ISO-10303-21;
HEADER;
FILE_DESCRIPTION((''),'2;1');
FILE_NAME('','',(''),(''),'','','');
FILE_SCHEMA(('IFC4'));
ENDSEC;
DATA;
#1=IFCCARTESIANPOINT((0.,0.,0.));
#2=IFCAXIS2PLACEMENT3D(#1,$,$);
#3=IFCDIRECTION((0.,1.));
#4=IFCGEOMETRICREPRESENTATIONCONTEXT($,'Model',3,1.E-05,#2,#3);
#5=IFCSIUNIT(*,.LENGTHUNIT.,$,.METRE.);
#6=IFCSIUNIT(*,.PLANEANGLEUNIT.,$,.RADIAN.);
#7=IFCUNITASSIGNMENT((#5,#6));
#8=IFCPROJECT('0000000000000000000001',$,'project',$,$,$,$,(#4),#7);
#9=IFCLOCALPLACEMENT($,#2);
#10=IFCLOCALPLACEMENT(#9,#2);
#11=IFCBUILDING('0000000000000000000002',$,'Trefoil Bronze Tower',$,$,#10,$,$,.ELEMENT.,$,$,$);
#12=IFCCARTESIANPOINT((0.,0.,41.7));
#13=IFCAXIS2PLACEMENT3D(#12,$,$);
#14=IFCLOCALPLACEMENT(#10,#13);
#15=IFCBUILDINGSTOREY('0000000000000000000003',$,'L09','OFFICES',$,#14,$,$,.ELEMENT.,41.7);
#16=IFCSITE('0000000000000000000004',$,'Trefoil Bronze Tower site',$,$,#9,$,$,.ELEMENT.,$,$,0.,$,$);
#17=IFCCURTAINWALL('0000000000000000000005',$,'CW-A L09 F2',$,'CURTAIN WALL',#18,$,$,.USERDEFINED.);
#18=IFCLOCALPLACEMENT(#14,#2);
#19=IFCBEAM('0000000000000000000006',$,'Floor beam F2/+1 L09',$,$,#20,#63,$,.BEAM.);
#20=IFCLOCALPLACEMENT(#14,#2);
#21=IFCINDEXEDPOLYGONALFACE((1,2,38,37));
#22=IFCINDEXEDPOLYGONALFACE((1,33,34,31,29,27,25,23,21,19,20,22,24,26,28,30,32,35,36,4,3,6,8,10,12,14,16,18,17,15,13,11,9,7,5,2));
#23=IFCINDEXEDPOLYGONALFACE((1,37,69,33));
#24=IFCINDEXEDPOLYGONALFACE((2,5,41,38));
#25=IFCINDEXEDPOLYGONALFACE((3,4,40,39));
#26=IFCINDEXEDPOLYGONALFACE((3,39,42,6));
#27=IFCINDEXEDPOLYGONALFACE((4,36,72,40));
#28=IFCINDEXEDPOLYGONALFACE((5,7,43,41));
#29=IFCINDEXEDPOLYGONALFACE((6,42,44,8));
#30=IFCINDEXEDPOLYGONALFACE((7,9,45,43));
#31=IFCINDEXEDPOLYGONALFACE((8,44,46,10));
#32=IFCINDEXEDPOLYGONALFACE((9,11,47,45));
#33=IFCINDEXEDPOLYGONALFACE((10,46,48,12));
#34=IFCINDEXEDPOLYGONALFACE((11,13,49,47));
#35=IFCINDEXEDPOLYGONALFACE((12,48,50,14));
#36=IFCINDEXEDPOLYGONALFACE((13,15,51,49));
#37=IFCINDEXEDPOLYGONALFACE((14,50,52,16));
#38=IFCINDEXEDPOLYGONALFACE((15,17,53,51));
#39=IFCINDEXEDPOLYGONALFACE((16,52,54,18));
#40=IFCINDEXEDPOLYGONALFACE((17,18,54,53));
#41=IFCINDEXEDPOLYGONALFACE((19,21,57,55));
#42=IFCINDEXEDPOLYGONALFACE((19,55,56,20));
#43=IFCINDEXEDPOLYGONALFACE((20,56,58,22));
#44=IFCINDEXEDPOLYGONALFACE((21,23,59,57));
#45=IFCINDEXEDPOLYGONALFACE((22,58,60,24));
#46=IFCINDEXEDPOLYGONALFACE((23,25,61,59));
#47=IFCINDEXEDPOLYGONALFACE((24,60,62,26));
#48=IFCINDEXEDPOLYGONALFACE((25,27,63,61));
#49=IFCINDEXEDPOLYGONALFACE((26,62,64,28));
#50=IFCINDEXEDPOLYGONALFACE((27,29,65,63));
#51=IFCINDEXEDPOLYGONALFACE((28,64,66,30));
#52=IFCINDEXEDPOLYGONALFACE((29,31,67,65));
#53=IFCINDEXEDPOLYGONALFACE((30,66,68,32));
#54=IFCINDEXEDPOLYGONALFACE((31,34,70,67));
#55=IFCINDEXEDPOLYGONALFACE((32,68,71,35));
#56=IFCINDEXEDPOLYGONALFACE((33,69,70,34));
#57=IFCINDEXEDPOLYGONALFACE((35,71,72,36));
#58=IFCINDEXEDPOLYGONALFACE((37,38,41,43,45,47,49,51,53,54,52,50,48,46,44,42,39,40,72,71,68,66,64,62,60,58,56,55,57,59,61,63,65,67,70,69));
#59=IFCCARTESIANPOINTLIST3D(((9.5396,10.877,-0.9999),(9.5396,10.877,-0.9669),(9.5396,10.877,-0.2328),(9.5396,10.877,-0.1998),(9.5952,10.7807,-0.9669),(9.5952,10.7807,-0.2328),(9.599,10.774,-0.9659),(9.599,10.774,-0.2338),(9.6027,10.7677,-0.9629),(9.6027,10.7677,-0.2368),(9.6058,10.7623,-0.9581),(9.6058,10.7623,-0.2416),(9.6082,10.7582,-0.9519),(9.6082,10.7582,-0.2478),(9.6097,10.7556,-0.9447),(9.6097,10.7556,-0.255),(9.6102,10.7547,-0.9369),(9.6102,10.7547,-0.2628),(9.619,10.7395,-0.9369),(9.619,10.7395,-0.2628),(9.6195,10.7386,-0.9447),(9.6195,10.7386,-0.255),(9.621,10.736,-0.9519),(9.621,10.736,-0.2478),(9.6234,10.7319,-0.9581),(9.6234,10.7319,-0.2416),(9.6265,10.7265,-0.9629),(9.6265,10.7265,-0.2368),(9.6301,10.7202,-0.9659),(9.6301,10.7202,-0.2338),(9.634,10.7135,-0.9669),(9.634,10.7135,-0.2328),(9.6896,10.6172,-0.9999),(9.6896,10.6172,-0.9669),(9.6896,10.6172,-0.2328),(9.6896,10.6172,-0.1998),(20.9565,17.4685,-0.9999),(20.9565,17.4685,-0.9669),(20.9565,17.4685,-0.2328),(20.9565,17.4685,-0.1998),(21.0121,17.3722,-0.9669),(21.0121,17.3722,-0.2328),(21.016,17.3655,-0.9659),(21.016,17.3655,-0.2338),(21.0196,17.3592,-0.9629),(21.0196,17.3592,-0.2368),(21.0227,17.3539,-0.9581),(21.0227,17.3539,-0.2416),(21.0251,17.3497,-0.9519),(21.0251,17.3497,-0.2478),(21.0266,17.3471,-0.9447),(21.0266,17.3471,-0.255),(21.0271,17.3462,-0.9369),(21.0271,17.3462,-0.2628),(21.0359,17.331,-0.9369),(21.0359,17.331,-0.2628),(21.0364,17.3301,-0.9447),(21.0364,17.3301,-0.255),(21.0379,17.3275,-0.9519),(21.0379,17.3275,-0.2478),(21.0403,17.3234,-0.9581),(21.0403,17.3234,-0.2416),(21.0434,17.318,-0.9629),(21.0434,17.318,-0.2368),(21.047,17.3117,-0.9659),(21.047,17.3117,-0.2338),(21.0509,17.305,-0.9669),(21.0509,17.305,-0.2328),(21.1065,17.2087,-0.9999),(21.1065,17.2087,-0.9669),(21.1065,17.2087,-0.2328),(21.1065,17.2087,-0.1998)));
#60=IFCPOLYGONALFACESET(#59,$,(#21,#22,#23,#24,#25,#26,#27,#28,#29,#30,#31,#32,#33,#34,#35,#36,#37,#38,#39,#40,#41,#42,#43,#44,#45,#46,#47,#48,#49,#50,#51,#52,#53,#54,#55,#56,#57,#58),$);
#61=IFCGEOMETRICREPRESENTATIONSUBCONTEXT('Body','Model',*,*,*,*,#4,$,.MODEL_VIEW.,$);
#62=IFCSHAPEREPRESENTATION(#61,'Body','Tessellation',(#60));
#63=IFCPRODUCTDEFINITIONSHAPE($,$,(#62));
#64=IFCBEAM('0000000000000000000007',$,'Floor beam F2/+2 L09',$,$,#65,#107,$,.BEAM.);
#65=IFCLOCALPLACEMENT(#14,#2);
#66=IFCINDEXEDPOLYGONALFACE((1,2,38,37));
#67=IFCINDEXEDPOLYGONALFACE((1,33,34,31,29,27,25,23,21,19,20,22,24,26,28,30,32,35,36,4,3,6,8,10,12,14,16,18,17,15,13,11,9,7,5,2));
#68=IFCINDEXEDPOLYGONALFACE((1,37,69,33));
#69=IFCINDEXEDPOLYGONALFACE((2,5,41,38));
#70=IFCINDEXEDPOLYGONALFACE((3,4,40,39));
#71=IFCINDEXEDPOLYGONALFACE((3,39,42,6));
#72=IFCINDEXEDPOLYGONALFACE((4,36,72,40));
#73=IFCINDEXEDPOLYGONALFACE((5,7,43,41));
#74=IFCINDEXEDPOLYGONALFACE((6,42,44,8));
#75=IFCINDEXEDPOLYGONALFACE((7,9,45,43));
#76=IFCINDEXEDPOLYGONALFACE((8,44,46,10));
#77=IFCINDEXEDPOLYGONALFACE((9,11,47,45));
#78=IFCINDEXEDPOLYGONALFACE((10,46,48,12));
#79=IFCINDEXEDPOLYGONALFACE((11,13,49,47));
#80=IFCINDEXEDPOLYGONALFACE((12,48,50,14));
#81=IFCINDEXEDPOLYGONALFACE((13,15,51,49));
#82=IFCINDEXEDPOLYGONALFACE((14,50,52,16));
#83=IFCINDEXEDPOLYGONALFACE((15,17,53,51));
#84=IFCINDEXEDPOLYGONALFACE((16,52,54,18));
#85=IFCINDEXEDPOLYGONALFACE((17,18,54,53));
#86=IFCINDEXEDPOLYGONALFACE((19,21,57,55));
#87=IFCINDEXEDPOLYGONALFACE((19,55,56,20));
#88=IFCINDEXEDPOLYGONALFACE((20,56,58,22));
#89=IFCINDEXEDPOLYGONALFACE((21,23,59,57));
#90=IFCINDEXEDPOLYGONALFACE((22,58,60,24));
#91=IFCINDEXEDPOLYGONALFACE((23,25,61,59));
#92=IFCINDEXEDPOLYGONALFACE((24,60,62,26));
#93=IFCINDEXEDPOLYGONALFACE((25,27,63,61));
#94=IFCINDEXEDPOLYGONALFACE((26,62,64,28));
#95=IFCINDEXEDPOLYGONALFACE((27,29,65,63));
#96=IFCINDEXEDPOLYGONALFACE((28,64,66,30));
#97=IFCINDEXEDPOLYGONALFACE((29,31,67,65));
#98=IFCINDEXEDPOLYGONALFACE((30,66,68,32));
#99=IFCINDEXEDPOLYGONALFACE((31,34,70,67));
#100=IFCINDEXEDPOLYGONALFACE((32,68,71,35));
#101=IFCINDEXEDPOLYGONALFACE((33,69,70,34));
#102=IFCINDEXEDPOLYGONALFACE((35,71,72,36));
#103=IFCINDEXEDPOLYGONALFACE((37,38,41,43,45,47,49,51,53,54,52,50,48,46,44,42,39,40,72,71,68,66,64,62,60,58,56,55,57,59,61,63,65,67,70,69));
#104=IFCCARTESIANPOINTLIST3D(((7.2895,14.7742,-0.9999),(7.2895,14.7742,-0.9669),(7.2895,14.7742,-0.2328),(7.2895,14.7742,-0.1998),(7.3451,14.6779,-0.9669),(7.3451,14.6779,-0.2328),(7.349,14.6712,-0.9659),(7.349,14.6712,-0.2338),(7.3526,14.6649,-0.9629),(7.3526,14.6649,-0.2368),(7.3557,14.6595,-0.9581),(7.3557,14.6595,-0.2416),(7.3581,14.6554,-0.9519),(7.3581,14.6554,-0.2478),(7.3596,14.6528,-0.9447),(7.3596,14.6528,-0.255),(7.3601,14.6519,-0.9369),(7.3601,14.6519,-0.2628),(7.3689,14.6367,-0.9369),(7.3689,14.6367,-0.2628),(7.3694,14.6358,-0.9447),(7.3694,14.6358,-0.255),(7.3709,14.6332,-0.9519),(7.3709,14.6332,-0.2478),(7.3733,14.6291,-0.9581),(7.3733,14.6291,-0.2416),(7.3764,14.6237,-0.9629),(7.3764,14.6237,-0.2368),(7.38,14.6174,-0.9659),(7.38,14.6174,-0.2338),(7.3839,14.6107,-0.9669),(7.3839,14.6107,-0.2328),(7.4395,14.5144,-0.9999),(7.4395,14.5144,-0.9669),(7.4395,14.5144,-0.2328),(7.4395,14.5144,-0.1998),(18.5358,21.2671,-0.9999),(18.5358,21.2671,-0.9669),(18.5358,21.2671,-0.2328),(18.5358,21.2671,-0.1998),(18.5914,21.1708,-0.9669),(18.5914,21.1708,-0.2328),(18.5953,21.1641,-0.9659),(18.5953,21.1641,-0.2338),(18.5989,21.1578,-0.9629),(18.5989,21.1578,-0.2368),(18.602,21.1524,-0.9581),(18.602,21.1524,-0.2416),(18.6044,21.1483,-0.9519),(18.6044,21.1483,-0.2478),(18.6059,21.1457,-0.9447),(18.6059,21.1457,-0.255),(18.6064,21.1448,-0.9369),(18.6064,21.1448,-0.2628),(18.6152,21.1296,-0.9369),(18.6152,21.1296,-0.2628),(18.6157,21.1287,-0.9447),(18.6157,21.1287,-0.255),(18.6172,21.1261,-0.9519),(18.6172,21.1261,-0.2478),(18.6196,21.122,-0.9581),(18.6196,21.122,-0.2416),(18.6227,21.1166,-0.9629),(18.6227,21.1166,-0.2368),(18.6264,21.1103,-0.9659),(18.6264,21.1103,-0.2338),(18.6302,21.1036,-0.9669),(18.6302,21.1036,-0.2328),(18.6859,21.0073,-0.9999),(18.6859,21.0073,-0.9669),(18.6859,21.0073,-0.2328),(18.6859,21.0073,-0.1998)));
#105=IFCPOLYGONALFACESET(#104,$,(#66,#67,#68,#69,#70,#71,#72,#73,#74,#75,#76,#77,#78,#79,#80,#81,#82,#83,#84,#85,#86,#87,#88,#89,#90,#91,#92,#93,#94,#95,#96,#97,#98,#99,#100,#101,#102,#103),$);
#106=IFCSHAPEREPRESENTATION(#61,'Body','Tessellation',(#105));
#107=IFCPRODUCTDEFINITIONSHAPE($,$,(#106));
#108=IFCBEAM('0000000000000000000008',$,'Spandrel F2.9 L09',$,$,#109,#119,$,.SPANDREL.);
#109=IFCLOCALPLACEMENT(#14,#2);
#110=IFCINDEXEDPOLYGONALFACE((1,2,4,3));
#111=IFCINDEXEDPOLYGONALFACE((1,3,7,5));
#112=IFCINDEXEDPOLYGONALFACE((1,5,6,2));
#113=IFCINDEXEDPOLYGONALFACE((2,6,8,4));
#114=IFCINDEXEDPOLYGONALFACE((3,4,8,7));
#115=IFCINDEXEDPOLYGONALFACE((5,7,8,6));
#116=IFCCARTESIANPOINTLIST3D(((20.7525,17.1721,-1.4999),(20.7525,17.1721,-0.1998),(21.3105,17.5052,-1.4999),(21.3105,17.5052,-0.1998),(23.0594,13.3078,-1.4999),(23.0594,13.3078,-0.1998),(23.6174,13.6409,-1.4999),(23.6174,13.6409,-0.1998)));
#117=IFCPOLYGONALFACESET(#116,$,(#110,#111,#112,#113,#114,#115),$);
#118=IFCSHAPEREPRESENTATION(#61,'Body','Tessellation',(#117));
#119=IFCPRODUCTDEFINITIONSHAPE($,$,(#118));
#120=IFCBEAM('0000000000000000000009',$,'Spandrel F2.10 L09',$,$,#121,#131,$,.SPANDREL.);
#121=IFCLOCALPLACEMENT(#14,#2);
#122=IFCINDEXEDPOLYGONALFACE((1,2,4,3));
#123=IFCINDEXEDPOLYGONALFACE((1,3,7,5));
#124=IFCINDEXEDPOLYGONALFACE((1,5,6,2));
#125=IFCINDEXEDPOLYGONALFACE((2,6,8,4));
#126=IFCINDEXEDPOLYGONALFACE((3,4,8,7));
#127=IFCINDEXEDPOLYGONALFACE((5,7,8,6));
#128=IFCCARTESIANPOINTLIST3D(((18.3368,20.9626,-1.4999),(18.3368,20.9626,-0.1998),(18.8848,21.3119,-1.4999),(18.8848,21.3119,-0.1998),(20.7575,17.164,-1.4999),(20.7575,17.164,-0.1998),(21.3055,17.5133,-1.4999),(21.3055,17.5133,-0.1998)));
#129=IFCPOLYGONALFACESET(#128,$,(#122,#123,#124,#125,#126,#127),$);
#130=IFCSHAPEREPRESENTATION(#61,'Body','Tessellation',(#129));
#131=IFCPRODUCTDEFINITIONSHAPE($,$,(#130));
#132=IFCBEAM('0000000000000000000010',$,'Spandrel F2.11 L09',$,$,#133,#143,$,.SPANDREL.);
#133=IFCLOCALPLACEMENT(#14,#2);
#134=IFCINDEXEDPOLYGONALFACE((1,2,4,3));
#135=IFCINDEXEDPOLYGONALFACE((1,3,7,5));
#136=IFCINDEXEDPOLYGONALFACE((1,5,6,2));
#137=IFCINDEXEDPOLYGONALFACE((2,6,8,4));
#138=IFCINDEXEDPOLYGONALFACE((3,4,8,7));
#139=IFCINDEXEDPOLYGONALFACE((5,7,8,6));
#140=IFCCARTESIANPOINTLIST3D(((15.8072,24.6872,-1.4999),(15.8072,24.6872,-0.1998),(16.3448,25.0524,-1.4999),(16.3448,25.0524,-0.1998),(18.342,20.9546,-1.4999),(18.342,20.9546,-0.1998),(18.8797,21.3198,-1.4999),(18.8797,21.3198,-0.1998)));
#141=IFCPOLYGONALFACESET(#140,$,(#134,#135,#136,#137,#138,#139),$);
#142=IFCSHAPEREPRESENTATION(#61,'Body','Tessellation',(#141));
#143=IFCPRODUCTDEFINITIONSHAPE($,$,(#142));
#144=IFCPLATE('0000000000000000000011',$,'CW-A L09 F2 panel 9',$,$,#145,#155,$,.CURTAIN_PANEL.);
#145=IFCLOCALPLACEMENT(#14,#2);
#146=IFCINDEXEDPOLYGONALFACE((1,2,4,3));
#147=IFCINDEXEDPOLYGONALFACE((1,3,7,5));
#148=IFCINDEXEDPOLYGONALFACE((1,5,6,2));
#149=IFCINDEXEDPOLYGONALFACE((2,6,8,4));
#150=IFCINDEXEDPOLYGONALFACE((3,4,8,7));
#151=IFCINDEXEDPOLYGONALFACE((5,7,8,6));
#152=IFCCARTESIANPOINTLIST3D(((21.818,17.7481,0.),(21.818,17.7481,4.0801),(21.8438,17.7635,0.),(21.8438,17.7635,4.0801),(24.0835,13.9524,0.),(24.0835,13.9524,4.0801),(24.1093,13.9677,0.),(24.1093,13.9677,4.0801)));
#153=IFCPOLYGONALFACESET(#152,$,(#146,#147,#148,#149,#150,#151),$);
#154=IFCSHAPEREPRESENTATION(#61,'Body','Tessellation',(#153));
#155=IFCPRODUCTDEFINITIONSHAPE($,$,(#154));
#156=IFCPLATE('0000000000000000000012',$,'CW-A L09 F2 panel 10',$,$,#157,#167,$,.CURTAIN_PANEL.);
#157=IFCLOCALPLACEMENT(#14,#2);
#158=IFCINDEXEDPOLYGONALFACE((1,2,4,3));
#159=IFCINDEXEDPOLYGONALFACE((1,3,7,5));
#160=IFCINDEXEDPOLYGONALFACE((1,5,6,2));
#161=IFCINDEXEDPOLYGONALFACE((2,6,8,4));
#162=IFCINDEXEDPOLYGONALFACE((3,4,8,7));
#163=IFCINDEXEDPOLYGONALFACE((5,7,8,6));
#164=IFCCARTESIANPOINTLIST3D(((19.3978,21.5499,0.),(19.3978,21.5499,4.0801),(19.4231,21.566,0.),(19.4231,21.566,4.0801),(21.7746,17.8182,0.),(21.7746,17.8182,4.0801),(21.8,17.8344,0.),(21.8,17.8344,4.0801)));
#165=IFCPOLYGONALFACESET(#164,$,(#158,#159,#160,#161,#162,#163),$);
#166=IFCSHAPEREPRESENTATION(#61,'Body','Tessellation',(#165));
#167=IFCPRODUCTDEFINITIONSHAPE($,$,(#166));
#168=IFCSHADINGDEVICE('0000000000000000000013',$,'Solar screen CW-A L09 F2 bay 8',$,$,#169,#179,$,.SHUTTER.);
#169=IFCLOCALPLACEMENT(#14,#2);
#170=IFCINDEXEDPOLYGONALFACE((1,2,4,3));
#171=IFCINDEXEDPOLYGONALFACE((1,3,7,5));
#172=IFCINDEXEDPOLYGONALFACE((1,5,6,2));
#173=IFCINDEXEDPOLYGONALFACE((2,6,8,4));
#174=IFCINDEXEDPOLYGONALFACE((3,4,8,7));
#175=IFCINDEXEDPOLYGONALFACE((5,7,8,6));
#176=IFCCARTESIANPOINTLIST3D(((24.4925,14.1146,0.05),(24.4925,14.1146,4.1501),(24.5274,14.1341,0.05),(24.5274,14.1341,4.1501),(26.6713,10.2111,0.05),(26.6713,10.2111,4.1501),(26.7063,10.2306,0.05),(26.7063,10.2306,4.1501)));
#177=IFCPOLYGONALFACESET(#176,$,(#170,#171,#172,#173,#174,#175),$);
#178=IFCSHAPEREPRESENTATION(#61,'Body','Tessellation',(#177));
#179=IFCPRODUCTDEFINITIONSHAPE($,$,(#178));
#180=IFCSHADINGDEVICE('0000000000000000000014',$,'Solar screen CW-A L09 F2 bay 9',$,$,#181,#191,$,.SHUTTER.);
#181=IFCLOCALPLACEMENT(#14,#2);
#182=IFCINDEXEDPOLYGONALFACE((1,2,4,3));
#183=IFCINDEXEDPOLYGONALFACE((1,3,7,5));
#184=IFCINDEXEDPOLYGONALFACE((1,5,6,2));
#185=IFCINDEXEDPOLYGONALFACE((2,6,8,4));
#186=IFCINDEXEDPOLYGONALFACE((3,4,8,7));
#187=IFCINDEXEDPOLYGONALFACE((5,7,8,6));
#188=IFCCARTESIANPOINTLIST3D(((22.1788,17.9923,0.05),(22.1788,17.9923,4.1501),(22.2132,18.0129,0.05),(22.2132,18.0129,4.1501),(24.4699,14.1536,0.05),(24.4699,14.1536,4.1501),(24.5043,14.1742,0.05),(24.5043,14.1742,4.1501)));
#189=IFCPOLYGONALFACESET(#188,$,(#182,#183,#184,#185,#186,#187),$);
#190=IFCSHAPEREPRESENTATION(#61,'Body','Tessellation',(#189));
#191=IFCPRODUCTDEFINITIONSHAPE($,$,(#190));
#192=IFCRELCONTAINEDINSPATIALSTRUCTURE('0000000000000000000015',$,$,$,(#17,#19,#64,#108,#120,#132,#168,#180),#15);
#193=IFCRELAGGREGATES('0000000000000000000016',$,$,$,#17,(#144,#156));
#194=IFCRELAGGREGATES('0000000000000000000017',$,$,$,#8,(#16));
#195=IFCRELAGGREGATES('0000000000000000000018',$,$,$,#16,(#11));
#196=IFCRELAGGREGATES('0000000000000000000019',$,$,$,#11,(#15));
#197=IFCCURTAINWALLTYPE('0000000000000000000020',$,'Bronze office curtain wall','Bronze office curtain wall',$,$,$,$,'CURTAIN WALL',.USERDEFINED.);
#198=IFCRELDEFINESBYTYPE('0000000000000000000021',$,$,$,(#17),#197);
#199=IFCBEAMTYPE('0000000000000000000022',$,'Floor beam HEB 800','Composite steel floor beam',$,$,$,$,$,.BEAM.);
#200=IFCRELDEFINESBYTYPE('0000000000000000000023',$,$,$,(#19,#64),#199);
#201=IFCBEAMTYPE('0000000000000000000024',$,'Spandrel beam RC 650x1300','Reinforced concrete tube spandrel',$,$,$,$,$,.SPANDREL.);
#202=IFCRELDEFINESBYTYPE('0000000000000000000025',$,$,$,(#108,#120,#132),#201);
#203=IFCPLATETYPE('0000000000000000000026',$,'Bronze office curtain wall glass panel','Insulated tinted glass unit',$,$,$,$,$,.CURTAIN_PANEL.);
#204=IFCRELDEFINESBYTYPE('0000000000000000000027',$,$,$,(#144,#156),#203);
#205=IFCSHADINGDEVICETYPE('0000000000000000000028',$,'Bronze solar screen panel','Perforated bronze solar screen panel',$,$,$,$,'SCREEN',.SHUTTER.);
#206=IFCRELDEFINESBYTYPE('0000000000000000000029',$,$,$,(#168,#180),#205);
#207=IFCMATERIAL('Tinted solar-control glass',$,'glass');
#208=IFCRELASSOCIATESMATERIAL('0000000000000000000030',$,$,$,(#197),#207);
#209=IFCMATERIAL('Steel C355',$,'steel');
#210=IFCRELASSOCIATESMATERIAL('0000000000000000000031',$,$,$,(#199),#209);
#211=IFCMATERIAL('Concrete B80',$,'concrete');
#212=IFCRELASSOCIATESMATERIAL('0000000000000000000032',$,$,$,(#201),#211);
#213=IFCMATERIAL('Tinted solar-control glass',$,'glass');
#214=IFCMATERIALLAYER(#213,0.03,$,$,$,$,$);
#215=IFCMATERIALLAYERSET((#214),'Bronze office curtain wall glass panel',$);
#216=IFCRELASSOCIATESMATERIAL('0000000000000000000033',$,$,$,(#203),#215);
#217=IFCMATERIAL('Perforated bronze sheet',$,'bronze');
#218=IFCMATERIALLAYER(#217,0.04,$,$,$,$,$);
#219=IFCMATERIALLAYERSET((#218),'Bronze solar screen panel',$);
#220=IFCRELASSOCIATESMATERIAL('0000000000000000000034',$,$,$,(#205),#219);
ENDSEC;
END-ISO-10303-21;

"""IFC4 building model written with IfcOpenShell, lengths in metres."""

from ifc_helpers import new_model, si_unit, direction, frame, origin, origin_2d, place, context, subcontext, project, spatial, rectangle, i_section, extrude, material, layer, layer_set, material_profile, profile_set, type_object, element, aggregate, save


model = new_model("IFC4")

# Units and contexts
model_context = context("Model", 3, precision=1e-05, world=origin(), true_north=direction((0.0, 1.0)))
body_context = subcontext(model_context, "Body", "Model", "MODEL_VIEW")
ifc_project = project(units=[si_unit("LENGTHUNIT", "METRE"), si_unit("PLANEANGLEUNIT", "RADIAN")], contexts=[model_context])

# Site, building, storey
site_placement = place(None, origin())
site = spatial("IfcSite", under=ifc_project, at=site_placement, Name="Trefoil Bronze Tower site", CompositionType="ELEMENT", RefElevation=0.0)
building_placement = place(site_placement, origin())
building = spatial("IfcBuilding", under=site, at=building_placement, Name="Trefoil Bronze Tower", CompositionType="ELEMENT")
storey_placement = place(building_placement, frame((0.0, 0.0, 41.7)))
storey = spatial("IfcBuildingStorey", under=building, at=storey_placement, Name="L09", Description="OFFICES", CompositionType="ELEMENT", Elevation=41.7)

# Curtain wall
ifc_material_1 = material(Name="Tinted solar-control glass", Category="glass")
curtain_wall_type = type_object("IfcCurtainWallType", Name="Bronze office curtain wall", Description="Bronze office curtain wall", ElementType="CURTAIN WALL", PredefinedType="USERDEFINED", material=ifc_material_1)
curtain_wall_placement = place(storey_placement, origin())
curtain_wall = element("IfcCurtainWall", 1, at=curtain_wall_placement, inside=storey, type_object=curtain_wall_type, Name="CW-A L09 F2", ObjectType="CURTAIN WALL", PredefinedType="USERDEFINED")

# Beams
ifc_material_2 = material(Name="Steel C355", Category="steel")
ifc_material_profile_1 = material_profile(ifc_material_2, i_section(OverallWidth=0.3, OverallDepth=0.8, WebThickness=0.0176, FlangeThickness=0.033, FilletRadius=0.03, at=origin_2d()), Name="HEB 800")
ifc_profile_set_1 = profile_set([ifc_material_profile_1], Name="Steel C355")
beam_type_1 = type_object("IfcBeamType", Name="Floor beam HEB 800", Description="Composite steel floor beam", PredefinedType="BEAM", material=ifc_profile_set_1)
beam_1_placement = place(storey_placement, frame((21.0315, 17.3386, -0.5999), z_axis=(-0.866027, -0.499997, 0.0), x_axis=(0.499997, -0.866027, 0.0)))
element("IfcBeam", 2, at=beam_1_placement, inside=storey, type_object=beam_type_1, Name="Floor beam F2/+1 L09", PredefinedType="BEAM", context=body_context, shape_type="SweptSolid", body=[
    extrude(i_section(OverallWidth=0.3, OverallDepth=0.8, WebThickness=0.0176, FlangeThickness=0.033, FilletRadius=0.03, at=origin_2d()), origin(), (0.0, 0.0, 1.0), 13.1831),
])
beam_2_placement = place(storey_placement, frame((18.6108, 21.1372, -0.5999), z_axis=(-0.866031, -0.499991, 0.0), x_axis=(0.499991, -0.866031, 0.0)))
element("IfcBeam", 3, at=beam_2_placement, inside=storey, type_object=beam_type_1, Name="Floor beam F2/+2 L09", PredefinedType="BEAM", context=body_context, shape_type="SweptSolid", body=[
    extrude(i_section(OverallWidth=0.3, OverallDepth=0.8, WebThickness=0.0176, FlangeThickness=0.033, FilletRadius=0.03, at=origin_2d()), origin(), (0.0, 0.0, 1.0), 12.9861),
])
ifc_material_3 = material(Name="Concrete B80", Category="concrete")
ifc_material_profile_2 = material_profile(ifc_material_3, rectangle(XDim=0.6499, YDim=1.3, at=origin_2d()), Name="RC 650x1300")
ifc_profile_set_2 = profile_set([ifc_material_profile_2], Name="Concrete B80")
beam_type_2 = type_object("IfcBeamType", Name="Spandrel beam RC 650x1300", Description="Reinforced concrete tube spandrel", PredefinedType="SPANDREL", material=ifc_profile_set_2)
beam_3_placement = place(storey_placement, frame((23.3384, 13.4744, -0.8499), z_axis=(-0.512588, 0.858635, 0.0), x_axis=(-0.858635, -0.512588, 0.0)))
element("IfcBeam", 4, at=beam_3_placement, inside=storey, type_object=beam_type_2, Name="Spandrel F2.9 L09", PredefinedType="SPANDREL", context=body_context, shape_type="SweptSolid", body=[
    extrude(rectangle(XDim=0.6499, YDim=1.3, at=origin_2d()), origin(), (0.0, 0.0, 1.0), 4.5005),
])
beam_4_placement = place(storey_placement, frame((21.0315, 17.3386, -0.8499), z_axis=(-0.537408, 0.843322, 0.0), x_axis=(-0.843322, -0.537408, 0.0)))
element("IfcBeam", 5, at=beam_4_placement, inside=storey, type_object=beam_type_2, Name="Spandrel F2.10 L09", PredefinedType="SPANDREL", context=body_context, shape_type="SweptSolid", body=[
    extrude(rectangle(XDim=0.6499, YDim=1.3, at=origin_2d()), origin(), (0.0, 0.0, 1.0), 4.5044),
])
beam_5_placement = place(storey_placement, frame((18.6108, 21.1372, -0.8499), z_axis=(-0.56181, 0.827267, 0.0), x_axis=(-0.827267, -0.56181, 0.0)))
element("IfcBeam", 6, at=beam_5_placement, inside=storey, type_object=beam_type_2, Name="Spandrel F2.11 L09", PredefinedType="SPANDREL", context=body_context, shape_type="SweptSolid", body=[
    extrude(rectangle(XDim=0.6499, YDim=1.3, at=origin_2d()), origin(), (0.0, 0.0, 1.0), 4.512),
])

# Plates
ifc_material_4 = material(Name="Tinted solar-control glass", Category="glass")
ifc_layer_1 = layer(ifc_material_4, 0.03)
ifc_layer_set_1 = layer_set([ifc_layer_1], Name="Bronze office curtain wall glass panel")
plate_type = type_object("IfcPlateType", Name="Bronze office curtain wall glass panel", Description="Insulated tinted glass unit", PredefinedType="CURTAIN_PANEL", material=ifc_layer_set_1)
plate_1_placement = place(storey_placement, frame((22.9636, 15.8579, 0.0), z_axis=(0.0, 0.0, 1.0), x_axis=(-0.512513, 0.85868, 0.0)))
plate_1 = element("IfcPlate", 7, at=plate_1_placement, type_object=plate_type, Name="CW-A L09 F2 panel 9", PredefinedType="CURTAIN_PANEL", context=body_context, shape_type="SweptSolid", body=[
    extrude(rectangle(XDim=4.4204, YDim=0.03, at=origin_2d()), origin(), (0.0, 0.0, 1.0), 4.0801),
])
plate_2_placement = place(storey_placement, frame((20.5989, 19.6921, 0.0), z_axis=(0.0, 0.0, 1.0), x_axis=(-0.537222, 0.843441, 0.0)))
plate_2 = element("IfcPlate", 8, at=plate_2_placement, type_object=plate_type, Name="CW-A L09 F2 panel 10", PredefinedType="CURTAIN_PANEL", context=body_context, shape_type="SweptSolid", body=[
    extrude(rectangle(XDim=4.4243, YDim=0.03, at=origin_2d()), origin(), (0.0, 0.0, 1.0), 4.0801),
])
aggregate(curtain_wall, [plate_1, plate_2])

# Shading devices
ifc_material_5 = material(Name="Perforated bronze sheet", Category="bronze")
ifc_layer_2 = layer(ifc_material_5, 0.04)
ifc_layer_set_2 = layer_set([ifc_layer_2], Name="Bronze solar screen panel")
shading_device_type = type_object("IfcShadingDeviceType", Name="Bronze solar screen panel", Description="Perforated bronze solar screen panel", ElementType="SCREEN", PredefinedType="SHUTTER", material=ifc_layer_set_2)
for number, where, z_axis, x_axis, name in (
    (9, (25.5994, 12.1726, 0.05), (0.0, 0.0, 1.0), (-0.487382, 0.873189, 0.0), "Solar screen CW-A L09 F2 bay 8"),
    (10, (23.3416, 16.0833, 0.05), (0.0, 0.0, 1.0), (-0.512513, 0.85868, 0.0), "Solar screen CW-A L09 F2 bay 9"),
):
    element("IfcShadingDevice", number, at=place(storey_placement, frame(where, z_axis=z_axis, x_axis=x_axis)), inside=storey, type_object=shading_device_type, Name=name, PredefinedType="SHUTTER", context=body_context, shape_type="SweptSolid", body=[
        extrude(rectangle(XDim=4.4705, YDim=0.04, at=origin_2d()), origin(), (0.0, 0.0, 1.0), 4.1001),
    ])

save(model, "model.ifc")
